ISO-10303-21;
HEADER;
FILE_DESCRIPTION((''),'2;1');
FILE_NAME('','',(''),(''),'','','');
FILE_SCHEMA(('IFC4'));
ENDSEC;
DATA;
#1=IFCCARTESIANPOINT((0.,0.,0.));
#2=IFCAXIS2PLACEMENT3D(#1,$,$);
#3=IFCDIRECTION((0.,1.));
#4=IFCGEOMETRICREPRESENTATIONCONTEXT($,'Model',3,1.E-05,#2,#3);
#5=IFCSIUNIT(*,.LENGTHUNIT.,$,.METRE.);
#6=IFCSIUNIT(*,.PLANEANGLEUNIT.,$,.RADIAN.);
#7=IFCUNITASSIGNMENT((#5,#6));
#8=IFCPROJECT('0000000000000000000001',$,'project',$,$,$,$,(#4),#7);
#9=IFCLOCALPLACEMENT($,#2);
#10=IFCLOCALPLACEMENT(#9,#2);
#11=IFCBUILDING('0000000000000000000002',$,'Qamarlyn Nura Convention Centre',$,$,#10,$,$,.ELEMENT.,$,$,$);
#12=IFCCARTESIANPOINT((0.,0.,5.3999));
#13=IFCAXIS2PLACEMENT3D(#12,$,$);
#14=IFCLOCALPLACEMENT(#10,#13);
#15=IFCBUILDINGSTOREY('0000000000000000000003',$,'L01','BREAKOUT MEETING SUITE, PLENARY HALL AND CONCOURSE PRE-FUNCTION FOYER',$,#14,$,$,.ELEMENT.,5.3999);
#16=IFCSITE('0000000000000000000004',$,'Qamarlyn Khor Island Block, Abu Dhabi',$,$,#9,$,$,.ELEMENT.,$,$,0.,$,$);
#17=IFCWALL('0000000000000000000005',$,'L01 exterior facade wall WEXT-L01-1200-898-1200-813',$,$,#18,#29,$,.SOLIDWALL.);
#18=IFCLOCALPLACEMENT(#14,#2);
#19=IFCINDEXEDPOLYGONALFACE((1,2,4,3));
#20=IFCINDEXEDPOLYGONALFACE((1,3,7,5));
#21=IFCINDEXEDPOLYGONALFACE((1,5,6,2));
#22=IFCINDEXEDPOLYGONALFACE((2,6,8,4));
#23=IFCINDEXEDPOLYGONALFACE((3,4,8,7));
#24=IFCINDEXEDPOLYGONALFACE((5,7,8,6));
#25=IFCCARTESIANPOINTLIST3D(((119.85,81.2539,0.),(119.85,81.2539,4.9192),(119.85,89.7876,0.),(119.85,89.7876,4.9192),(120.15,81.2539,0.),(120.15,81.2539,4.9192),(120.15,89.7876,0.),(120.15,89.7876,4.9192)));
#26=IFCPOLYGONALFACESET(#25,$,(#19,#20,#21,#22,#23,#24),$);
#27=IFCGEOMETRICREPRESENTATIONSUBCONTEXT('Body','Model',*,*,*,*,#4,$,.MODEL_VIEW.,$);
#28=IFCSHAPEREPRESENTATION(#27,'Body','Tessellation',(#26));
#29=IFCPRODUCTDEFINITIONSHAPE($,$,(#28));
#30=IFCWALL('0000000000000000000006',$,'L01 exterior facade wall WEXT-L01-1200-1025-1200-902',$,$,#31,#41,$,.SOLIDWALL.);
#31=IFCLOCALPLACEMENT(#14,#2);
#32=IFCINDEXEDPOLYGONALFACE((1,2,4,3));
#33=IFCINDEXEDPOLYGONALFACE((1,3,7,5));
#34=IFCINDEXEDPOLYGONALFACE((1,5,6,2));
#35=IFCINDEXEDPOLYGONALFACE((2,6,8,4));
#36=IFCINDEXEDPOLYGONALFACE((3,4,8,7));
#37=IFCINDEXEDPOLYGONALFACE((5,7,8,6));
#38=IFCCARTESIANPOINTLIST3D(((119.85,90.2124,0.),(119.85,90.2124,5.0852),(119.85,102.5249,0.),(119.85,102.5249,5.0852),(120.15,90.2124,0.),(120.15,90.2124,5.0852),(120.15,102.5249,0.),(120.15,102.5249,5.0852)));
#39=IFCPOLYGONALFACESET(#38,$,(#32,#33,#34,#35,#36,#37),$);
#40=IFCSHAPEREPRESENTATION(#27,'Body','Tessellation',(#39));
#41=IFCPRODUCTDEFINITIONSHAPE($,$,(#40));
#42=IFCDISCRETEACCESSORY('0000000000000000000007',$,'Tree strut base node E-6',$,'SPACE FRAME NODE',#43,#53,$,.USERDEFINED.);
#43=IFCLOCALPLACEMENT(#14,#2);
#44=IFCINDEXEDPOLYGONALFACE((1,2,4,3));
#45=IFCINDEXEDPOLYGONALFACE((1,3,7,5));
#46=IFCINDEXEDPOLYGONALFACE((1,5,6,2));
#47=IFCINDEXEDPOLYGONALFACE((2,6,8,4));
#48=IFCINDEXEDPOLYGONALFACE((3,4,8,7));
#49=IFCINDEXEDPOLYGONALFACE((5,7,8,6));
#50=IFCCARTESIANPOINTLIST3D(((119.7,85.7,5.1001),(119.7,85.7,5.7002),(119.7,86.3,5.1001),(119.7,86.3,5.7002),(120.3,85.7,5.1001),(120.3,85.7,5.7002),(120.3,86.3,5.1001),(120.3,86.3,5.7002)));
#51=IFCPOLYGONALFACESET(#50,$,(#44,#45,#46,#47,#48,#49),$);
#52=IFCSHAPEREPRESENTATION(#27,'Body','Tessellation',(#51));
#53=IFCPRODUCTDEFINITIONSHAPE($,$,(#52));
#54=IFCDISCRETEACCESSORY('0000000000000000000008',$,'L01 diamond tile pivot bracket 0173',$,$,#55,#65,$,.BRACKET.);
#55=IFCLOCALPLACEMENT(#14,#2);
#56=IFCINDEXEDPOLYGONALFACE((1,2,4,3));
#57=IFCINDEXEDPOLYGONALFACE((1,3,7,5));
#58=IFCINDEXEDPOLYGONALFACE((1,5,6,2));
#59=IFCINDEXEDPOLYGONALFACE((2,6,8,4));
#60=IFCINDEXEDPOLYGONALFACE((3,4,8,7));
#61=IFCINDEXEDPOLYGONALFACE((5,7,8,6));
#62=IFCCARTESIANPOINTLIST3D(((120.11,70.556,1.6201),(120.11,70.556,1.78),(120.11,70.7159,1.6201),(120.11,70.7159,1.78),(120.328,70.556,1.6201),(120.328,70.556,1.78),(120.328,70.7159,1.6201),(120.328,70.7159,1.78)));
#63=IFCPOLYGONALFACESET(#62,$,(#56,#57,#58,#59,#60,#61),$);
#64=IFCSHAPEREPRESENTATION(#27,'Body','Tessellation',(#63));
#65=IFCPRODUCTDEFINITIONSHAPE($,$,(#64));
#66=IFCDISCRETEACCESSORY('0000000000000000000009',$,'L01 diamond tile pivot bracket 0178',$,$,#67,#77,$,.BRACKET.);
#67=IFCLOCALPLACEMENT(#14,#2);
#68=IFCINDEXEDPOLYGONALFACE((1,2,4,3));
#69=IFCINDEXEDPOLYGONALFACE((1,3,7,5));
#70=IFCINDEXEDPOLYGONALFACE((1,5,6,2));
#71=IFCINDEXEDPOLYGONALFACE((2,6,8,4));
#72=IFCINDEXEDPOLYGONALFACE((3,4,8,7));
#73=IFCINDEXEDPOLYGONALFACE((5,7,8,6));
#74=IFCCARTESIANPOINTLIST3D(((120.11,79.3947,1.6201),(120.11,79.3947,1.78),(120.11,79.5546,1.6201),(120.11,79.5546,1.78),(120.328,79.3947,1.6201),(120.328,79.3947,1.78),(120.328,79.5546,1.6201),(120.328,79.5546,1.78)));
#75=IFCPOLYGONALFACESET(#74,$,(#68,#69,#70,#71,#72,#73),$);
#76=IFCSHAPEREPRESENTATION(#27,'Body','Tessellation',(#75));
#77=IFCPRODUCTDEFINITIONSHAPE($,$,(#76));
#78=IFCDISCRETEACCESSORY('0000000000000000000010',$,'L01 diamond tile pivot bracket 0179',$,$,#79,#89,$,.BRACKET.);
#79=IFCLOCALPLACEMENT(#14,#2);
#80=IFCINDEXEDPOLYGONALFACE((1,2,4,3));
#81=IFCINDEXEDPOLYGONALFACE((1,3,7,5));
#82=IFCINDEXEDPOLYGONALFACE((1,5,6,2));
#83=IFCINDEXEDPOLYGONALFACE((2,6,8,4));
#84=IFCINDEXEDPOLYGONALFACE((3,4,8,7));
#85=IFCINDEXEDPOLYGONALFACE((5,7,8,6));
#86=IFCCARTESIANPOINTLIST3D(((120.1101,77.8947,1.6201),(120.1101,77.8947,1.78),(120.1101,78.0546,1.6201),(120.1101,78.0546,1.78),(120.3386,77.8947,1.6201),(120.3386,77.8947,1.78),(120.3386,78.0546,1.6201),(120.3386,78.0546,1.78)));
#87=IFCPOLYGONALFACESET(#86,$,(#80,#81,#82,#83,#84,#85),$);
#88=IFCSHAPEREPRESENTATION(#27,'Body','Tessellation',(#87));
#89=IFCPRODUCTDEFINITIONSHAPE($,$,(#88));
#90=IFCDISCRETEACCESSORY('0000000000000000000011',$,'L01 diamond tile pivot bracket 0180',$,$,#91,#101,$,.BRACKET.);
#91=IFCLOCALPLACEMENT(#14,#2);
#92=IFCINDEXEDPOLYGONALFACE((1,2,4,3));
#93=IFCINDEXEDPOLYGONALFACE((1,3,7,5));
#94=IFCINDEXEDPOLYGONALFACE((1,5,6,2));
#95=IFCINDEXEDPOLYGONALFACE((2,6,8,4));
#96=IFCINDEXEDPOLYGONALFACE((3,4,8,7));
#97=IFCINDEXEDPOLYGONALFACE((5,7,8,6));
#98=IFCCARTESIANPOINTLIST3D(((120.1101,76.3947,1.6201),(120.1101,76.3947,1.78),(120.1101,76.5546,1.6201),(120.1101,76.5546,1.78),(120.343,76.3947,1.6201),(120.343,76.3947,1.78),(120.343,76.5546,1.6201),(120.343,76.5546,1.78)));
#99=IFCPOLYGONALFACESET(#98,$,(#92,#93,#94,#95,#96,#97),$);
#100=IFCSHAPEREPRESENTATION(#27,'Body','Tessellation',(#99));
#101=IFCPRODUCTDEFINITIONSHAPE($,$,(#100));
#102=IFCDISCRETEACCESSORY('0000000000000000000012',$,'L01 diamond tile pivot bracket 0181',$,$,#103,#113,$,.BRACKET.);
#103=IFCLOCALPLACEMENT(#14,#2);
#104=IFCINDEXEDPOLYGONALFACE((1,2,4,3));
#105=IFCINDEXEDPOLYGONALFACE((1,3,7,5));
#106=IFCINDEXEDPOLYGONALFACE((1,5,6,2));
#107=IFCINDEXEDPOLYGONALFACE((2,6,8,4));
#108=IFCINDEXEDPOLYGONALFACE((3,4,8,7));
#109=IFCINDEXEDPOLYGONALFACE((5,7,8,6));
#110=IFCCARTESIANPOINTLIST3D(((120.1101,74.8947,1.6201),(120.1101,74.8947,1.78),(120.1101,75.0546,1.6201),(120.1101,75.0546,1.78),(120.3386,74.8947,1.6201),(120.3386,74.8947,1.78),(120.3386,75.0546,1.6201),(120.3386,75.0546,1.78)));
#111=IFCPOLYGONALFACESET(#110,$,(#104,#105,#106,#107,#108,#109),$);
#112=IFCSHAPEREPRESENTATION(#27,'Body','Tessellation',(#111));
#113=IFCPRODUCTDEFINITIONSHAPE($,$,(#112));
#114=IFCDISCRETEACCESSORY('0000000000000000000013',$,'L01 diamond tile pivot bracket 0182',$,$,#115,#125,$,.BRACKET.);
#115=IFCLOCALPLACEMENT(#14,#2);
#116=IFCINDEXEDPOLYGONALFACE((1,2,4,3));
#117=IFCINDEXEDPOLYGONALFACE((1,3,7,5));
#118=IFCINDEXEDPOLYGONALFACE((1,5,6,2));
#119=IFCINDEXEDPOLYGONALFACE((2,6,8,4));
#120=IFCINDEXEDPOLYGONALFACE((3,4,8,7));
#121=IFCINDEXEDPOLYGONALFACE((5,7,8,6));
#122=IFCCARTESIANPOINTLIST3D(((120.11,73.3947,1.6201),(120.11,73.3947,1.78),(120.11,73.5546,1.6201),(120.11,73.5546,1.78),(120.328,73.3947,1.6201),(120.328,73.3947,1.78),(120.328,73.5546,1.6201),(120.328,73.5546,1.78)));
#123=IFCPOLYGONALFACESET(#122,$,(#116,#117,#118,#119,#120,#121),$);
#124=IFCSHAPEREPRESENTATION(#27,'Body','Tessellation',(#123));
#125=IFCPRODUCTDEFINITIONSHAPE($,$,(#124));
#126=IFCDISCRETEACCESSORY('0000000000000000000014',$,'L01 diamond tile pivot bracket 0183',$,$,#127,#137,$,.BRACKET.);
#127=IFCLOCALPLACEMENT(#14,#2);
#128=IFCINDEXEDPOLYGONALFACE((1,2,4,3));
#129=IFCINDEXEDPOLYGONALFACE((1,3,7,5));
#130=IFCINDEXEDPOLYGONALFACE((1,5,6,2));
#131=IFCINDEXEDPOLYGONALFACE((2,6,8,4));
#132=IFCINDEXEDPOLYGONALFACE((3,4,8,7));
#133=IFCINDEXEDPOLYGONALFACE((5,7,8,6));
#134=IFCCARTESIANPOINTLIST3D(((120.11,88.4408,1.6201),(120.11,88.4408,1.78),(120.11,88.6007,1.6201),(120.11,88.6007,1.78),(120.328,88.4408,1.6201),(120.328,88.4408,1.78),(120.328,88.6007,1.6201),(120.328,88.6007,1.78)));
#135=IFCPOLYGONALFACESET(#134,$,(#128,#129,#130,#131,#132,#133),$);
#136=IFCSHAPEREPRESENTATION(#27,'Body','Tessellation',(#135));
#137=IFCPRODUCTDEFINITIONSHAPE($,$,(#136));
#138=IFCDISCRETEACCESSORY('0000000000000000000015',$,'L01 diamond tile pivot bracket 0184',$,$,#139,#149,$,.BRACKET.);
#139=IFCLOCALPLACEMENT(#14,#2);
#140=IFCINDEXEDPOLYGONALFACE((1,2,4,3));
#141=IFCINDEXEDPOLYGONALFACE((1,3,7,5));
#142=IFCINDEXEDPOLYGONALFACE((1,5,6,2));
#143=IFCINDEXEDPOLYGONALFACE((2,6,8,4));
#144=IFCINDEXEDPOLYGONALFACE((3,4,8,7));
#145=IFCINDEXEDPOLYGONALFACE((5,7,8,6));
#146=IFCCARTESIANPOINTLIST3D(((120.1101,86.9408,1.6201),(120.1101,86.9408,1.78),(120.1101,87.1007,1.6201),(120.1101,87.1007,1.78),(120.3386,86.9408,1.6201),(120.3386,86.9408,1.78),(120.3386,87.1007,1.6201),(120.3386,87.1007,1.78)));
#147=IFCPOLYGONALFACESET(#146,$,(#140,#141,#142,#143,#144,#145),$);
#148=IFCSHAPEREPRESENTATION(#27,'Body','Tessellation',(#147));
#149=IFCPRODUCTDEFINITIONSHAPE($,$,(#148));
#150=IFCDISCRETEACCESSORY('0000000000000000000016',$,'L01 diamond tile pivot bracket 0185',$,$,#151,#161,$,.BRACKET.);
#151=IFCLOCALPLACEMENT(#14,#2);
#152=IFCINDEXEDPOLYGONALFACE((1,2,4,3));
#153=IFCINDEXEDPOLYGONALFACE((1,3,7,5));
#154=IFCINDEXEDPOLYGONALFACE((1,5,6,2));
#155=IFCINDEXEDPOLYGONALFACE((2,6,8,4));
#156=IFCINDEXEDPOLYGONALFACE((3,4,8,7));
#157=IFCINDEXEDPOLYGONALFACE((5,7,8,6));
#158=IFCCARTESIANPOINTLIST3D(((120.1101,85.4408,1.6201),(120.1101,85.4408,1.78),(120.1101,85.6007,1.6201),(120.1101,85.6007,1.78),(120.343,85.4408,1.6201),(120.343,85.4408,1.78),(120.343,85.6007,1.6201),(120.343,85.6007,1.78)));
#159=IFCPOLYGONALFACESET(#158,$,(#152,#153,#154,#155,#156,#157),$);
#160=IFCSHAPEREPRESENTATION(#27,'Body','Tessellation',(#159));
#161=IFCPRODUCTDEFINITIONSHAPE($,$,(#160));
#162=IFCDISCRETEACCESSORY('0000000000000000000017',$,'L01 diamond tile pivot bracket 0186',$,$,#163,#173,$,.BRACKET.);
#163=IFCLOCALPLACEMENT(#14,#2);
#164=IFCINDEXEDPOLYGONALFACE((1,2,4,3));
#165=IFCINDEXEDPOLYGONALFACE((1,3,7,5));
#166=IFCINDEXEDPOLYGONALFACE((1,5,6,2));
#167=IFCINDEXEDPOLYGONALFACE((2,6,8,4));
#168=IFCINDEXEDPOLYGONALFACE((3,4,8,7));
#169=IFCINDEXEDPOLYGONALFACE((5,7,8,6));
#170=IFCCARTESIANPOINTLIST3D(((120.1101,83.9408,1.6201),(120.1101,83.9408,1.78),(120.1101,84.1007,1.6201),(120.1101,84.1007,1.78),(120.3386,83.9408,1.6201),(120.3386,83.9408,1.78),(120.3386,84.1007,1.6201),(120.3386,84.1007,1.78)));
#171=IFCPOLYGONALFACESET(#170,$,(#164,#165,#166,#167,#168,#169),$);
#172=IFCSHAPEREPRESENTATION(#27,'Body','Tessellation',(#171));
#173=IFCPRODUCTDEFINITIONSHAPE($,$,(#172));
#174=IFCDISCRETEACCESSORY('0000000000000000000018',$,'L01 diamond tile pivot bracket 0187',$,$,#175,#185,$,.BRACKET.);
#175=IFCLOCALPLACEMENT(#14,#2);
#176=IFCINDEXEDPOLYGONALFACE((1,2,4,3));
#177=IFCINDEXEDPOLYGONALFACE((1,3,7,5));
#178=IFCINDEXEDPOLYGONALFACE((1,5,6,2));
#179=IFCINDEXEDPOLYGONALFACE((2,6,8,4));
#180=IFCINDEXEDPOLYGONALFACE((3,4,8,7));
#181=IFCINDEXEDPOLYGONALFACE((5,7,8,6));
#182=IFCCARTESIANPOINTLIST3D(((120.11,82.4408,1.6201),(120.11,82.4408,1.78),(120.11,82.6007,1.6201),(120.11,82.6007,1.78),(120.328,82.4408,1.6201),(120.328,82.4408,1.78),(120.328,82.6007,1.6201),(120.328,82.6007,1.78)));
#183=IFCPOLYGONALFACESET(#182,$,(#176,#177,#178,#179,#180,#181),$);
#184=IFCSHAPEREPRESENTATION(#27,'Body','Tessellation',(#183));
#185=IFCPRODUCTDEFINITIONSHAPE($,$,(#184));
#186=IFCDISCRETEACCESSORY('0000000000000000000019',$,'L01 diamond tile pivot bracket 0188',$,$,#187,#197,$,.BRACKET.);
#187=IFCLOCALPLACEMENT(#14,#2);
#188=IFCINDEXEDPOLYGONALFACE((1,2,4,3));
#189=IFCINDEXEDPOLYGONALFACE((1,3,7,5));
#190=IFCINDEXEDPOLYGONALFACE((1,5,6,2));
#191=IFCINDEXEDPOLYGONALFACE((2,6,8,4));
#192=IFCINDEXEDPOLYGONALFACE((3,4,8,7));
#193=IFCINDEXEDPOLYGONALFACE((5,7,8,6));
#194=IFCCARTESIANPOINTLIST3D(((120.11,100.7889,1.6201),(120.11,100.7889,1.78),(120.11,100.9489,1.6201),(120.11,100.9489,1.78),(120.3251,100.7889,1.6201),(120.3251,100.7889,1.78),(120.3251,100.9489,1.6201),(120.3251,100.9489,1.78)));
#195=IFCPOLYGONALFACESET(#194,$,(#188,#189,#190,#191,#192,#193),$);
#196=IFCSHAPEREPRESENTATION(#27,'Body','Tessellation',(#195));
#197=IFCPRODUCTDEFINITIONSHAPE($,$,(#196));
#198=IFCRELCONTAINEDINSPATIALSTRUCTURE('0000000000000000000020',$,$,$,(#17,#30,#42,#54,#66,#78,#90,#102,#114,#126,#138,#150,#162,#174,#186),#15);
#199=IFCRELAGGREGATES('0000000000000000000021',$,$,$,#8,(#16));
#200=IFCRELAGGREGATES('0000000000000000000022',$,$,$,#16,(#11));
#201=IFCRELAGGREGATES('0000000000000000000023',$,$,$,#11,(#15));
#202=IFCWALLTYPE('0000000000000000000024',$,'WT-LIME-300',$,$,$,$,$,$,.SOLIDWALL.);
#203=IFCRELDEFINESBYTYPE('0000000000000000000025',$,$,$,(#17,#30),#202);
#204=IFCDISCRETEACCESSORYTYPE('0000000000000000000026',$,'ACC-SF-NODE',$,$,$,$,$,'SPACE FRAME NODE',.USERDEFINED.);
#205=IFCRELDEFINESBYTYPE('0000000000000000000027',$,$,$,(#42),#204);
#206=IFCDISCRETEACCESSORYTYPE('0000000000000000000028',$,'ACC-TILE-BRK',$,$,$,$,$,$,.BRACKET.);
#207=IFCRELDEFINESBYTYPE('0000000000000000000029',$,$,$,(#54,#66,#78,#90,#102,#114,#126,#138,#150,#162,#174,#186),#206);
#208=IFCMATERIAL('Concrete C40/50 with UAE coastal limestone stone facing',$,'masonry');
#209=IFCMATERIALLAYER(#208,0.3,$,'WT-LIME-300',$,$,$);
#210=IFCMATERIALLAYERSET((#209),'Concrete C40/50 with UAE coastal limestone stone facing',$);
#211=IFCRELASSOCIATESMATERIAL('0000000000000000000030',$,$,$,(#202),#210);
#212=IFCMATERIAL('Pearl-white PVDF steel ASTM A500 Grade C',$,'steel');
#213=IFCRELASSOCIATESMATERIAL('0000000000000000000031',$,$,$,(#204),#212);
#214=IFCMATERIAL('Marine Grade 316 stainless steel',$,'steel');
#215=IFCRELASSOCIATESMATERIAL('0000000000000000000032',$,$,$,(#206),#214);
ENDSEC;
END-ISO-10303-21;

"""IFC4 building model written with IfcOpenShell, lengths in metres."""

from ifc_helpers import new_model, si_unit, direction, frame, frame_2d, origin, origin_2d, place, context, subcontext, project, spatial, rectangle, extrude, material, layer, layer_set, type_object, element, save


model = new_model("IFC4")

# Units and contexts
model_context = context("Model", 3, precision=1e-05, world=origin(), true_north=direction((0.0, 1.0)))
body_context = subcontext(model_context, "Body", "Model", "MODEL_VIEW")
ifc_project = project(units=[si_unit("LENGTHUNIT", "METRE"), si_unit("PLANEANGLEUNIT", "RADIAN")], contexts=[model_context])

# Site, building, storey
site_placement = place(None, origin())
site = spatial("IfcSite", under=ifc_project, at=site_placement, Name="Qamarlyn Khor Island Block, Abu Dhabi", CompositionType="ELEMENT", RefElevation=0.0)
building_placement = place(site_placement, origin())
building = spatial("IfcBuilding", under=site, at=building_placement, Name="Qamarlyn Nura Convention Centre", CompositionType="ELEMENT")
storey_placement = place(building_placement, frame((0.0, 0.0, 5.3999)))
storey = spatial("IfcBuildingStorey", under=building, at=storey_placement, Name="L01", Description="BREAKOUT MEETING SUITE, PLENARY HALL AND CONCOURSE PRE-FUNCTION FOYER", CompositionType="ELEMENT", Elevation=5.3999)

# Shared definitions
ifc_material_1 = material(Name="Pearl-white PVDF steel ASTM A500 Grade C", Category="steel")

# Walls
ifc_material_2 = material(Name="Concrete C40/50 with UAE coastal limestone stone facing", Category="masonry")
ifc_layer_1 = layer(ifc_material_2, 0.3, Name="WT-LIME-300")
ifc_layer_set_1 = layer_set([ifc_layer_1], Name="Concrete C40/50 with UAE coastal limestone stone facing")
wall_type = type_object("IfcWallType", Name="WT-LIME-300", PredefinedType="SOLIDWALL", material=ifc_layer_set_1)
wall_1_placement = place(storey_placement, frame((120.0, 89.7876, 0.0), z_axis=(0.0, 0.0, 1.0), x_axis=(0.0, -1.0, 0.0)))
element("IfcWall", 1, at=wall_1_placement, inside=storey, type_object=wall_type, Name="L01 exterior facade wall WEXT-L01-1200-898-1200-813", PredefinedType="SOLIDWALL", context=body_context, shape_type="SweptSolid", body=[
    extrude(rectangle(XDim=8.5337, YDim=0.3, at=frame_2d((4.2668, 0.0))), origin(), (0.0, 0.0, 1.0), 4.9192),
])
wall_2_placement = place(storey_placement, frame((120.0, 102.5249, 0.0), z_axis=(0.0, 0.0, 1.0), x_axis=(0.0, -1.0, 0.0)))
element("IfcWall", 2, at=wall_2_placement, inside=storey, type_object=wall_type, Name="L01 exterior facade wall WEXT-L01-1200-1025-1200-902", PredefinedType="SOLIDWALL", context=body_context, shape_type="SweptSolid", body=[
    extrude(rectangle(XDim=12.3125, YDim=0.3, at=frame_2d((6.1562, 0.0))), origin(), (0.0, 0.0, 1.0), 5.0852),
])

# Discrete accessories
discrete_accessory_type_1 = type_object("IfcDiscreteAccessoryType", Name="ACC-SF-NODE", ElementType="SPACE FRAME NODE", PredefinedType="USERDEFINED", material=ifc_material_1)
discrete_accessory_1_placement = place(storey_placement, frame((120.0, 86.0, 5.1001), z_axis=(0.0, 0.0, 1.0), x_axis=(1.0, 0.0, 0.0)))
element("IfcDiscreteAccessory", 3, at=discrete_accessory_1_placement, inside=storey, type_object=discrete_accessory_type_1, Name="Tree strut base node E-6", ObjectType="SPACE FRAME NODE", PredefinedType="USERDEFINED", context=body_context, shape_type="SweptSolid", body=[
    extrude(rectangle(XDim=0.6001, YDim=0.6001, at=origin_2d()), origin(), (0.0, 0.0, 1.0), 0.6001),
])
ifc_material_3 = material(Name="Marine Grade 316 stainless steel", Category="steel")
discrete_accessory_type_2 = type_object("IfcDiscreteAccessoryType", Name="ACC-TILE-BRK", PredefinedType="BRACKET", material=ifc_material_3)
for number, where, z_axis, x_axis, name in (
    (4, (120.219, 70.636, 1.6201), (0.0, 0.0, 1.0), (1.0, 0.0, 0.0), "L01 diamond tile pivot bracket 0173"),
    (5, (120.219, 79.4746, 1.6201), (0.0, 0.0, 1.0), (1.0, 0.0, 0.0), "L01 diamond tile pivot bracket 0178"),
):
    element("IfcDiscreteAccessory", number, at=place(storey_placement, frame(where, z_axis=z_axis, x_axis=x_axis)), inside=storey, type_object=discrete_accessory_type_2, Name=name, PredefinedType="BRACKET", context=body_context, shape_type="SweptSolid", body=[
        extrude(rectangle(XDim=0.218, YDim=0.1599, at=origin_2d()), origin(), (0.0, 0.0, 1.0), 0.1599),
    ])
discrete_accessory_2_placement = place(storey_placement, frame((120.2244, 77.9746, 1.6201), z_axis=(0.0, 0.0, 1.0), x_axis=(1.0, 0.0, 0.0)))
element("IfcDiscreteAccessory", 6, at=discrete_accessory_2_placement, inside=storey, type_object=discrete_accessory_type_2, Name="L01 diamond tile pivot bracket 0179", PredefinedType="BRACKET", context=body_context, shape_type="SweptSolid", body=[
    extrude(rectangle(XDim=0.2285, YDim=0.1599, at=origin_2d()), origin(), (0.0, 0.0, 1.0), 0.1599),
])
discrete_accessory_3_placement = place(storey_placement, frame((120.2266, 76.4746, 1.6201), z_axis=(0.0, 0.0, 1.0), x_axis=(1.0, 0.0, 0.0)))
element("IfcDiscreteAccessory", 7, at=discrete_accessory_3_placement, inside=storey, type_object=discrete_accessory_type_2, Name="L01 diamond tile pivot bracket 0180", PredefinedType="BRACKET", context=body_context, shape_type="SweptSolid", body=[
    extrude(rectangle(XDim=0.2329, YDim=0.1599, at=origin_2d()), origin(), (0.0, 0.0, 1.0), 0.1599),
])
discrete_accessory_4_placement = place(storey_placement, frame((120.2244, 74.9746, 1.6201), z_axis=(0.0, 0.0, 1.0), x_axis=(1.0, 0.0, 0.0)))
element("IfcDiscreteAccessory", 8, at=discrete_accessory_4_placement, inside=storey, type_object=discrete_accessory_type_2, Name="L01 diamond tile pivot bracket 0181", PredefinedType="BRACKET", context=body_context, shape_type="SweptSolid", body=[
    extrude(rectangle(XDim=0.2285, YDim=0.1599, at=origin_2d()), origin(), (0.0, 0.0, 1.0), 0.1599),
])
for number, where, z_axis, x_axis, name in (
    (9, (120.219, 73.4746, 1.6201), (0.0, 0.0, 1.0), (1.0, 0.0, 0.0), "L01 diamond tile pivot bracket 0182"),
    (10, (120.219, 88.5208, 1.6201), (0.0, 0.0, 1.0), (1.0, 0.0, 0.0), "L01 diamond tile pivot bracket 0183"),
):
    element("IfcDiscreteAccessory", number, at=place(storey_placement, frame(where, z_axis=z_axis, x_axis=x_axis)), inside=storey, type_object=discrete_accessory_type_2, Name=name, PredefinedType="BRACKET", context=body_context, shape_type="SweptSolid", body=[
        extrude(rectangle(XDim=0.218, YDim=0.1599, at=origin_2d()), origin(), (0.0, 0.0, 1.0), 0.1599),
    ])
discrete_accessory_5_placement = place(storey_placement, frame((120.2244, 87.0208, 1.6201), z_axis=(0.0, 0.0, 1.0), x_axis=(1.0, 0.0, 0.0)))
element("IfcDiscreteAccessory", 11, at=discrete_accessory_5_placement, inside=storey, type_object=discrete_accessory_type_2, Name="L01 diamond tile pivot bracket 0184", PredefinedType="BRACKET", context=body_context, shape_type="SweptSolid", body=[
    extrude(rectangle(XDim=0.2285, YDim=0.1599, at=origin_2d()), origin(), (0.0, 0.0, 1.0), 0.1599),
])
discrete_accessory_6_placement = place(storey_placement, frame((120.2266, 85.5208, 1.6201), z_axis=(0.0, 0.0, 1.0), x_axis=(1.0, 0.0, 0.0)))
element("IfcDiscreteAccessory", 12, at=discrete_accessory_6_placement, inside=storey, type_object=discrete_accessory_type_2, Name="L01 diamond tile pivot bracket 0185", PredefinedType="BRACKET", context=body_context, shape_type="SweptSolid", body=[
    extrude(rectangle(XDim=0.2329, YDim=0.1599, at=origin_2d()), origin(), (0.0, 0.0, 1.0), 0.1599),
])
discrete_accessory_7_placement = place(storey_placement, frame((120.2244, 84.0208, 1.6201), z_axis=(0.0, 0.0, 1.0), x_axis=(1.0, 0.0, 0.0)))
element("IfcDiscreteAccessory", 13, at=discrete_accessory_7_placement, inside=storey, type_object=discrete_accessory_type_2, Name="L01 diamond tile pivot bracket 0186", PredefinedType="BRACKET", context=body_context, shape_type="SweptSolid", body=[
    extrude(rectangle(XDim=0.2285, YDim=0.1599, at=origin_2d()), origin(), (0.0, 0.0, 1.0), 0.1599),
])
discrete_accessory_8_placement = place(storey_placement, frame((120.219, 82.5208, 1.6201), z_axis=(0.0, 0.0, 1.0), x_axis=(1.0, 0.0, 0.0)))
element("IfcDiscreteAccessory", 14, at=discrete_accessory_8_placement, inside=storey, type_object=discrete_accessory_type_2, Name="L01 diamond tile pivot bracket 0187", PredefinedType="BRACKET", context=body_context, shape_type="SweptSolid", body=[
    extrude(rectangle(XDim=0.218, YDim=0.1599, at=origin_2d()), origin(), (0.0, 0.0, 1.0), 0.1599),
])
discrete_accessory_9_placement = place(storey_placement, frame((120.2175, 100.8689, 1.6201), z_axis=(0.0, 0.0, 1.0), x_axis=(1.0, 0.0, 0.0)))
element("IfcDiscreteAccessory", 15, at=discrete_accessory_9_placement, inside=storey, type_object=discrete_accessory_type_2, Name="L01 diamond tile pivot bracket 0188", PredefinedType="BRACKET", context=body_context, shape_type="SweptSolid", body=[
    extrude(rectangle(XDim=0.2151, YDim=0.1599, at=origin_2d()), origin(), (0.0, 0.0, 1.0), 0.1599),
])

save(model, "model.ifc")
